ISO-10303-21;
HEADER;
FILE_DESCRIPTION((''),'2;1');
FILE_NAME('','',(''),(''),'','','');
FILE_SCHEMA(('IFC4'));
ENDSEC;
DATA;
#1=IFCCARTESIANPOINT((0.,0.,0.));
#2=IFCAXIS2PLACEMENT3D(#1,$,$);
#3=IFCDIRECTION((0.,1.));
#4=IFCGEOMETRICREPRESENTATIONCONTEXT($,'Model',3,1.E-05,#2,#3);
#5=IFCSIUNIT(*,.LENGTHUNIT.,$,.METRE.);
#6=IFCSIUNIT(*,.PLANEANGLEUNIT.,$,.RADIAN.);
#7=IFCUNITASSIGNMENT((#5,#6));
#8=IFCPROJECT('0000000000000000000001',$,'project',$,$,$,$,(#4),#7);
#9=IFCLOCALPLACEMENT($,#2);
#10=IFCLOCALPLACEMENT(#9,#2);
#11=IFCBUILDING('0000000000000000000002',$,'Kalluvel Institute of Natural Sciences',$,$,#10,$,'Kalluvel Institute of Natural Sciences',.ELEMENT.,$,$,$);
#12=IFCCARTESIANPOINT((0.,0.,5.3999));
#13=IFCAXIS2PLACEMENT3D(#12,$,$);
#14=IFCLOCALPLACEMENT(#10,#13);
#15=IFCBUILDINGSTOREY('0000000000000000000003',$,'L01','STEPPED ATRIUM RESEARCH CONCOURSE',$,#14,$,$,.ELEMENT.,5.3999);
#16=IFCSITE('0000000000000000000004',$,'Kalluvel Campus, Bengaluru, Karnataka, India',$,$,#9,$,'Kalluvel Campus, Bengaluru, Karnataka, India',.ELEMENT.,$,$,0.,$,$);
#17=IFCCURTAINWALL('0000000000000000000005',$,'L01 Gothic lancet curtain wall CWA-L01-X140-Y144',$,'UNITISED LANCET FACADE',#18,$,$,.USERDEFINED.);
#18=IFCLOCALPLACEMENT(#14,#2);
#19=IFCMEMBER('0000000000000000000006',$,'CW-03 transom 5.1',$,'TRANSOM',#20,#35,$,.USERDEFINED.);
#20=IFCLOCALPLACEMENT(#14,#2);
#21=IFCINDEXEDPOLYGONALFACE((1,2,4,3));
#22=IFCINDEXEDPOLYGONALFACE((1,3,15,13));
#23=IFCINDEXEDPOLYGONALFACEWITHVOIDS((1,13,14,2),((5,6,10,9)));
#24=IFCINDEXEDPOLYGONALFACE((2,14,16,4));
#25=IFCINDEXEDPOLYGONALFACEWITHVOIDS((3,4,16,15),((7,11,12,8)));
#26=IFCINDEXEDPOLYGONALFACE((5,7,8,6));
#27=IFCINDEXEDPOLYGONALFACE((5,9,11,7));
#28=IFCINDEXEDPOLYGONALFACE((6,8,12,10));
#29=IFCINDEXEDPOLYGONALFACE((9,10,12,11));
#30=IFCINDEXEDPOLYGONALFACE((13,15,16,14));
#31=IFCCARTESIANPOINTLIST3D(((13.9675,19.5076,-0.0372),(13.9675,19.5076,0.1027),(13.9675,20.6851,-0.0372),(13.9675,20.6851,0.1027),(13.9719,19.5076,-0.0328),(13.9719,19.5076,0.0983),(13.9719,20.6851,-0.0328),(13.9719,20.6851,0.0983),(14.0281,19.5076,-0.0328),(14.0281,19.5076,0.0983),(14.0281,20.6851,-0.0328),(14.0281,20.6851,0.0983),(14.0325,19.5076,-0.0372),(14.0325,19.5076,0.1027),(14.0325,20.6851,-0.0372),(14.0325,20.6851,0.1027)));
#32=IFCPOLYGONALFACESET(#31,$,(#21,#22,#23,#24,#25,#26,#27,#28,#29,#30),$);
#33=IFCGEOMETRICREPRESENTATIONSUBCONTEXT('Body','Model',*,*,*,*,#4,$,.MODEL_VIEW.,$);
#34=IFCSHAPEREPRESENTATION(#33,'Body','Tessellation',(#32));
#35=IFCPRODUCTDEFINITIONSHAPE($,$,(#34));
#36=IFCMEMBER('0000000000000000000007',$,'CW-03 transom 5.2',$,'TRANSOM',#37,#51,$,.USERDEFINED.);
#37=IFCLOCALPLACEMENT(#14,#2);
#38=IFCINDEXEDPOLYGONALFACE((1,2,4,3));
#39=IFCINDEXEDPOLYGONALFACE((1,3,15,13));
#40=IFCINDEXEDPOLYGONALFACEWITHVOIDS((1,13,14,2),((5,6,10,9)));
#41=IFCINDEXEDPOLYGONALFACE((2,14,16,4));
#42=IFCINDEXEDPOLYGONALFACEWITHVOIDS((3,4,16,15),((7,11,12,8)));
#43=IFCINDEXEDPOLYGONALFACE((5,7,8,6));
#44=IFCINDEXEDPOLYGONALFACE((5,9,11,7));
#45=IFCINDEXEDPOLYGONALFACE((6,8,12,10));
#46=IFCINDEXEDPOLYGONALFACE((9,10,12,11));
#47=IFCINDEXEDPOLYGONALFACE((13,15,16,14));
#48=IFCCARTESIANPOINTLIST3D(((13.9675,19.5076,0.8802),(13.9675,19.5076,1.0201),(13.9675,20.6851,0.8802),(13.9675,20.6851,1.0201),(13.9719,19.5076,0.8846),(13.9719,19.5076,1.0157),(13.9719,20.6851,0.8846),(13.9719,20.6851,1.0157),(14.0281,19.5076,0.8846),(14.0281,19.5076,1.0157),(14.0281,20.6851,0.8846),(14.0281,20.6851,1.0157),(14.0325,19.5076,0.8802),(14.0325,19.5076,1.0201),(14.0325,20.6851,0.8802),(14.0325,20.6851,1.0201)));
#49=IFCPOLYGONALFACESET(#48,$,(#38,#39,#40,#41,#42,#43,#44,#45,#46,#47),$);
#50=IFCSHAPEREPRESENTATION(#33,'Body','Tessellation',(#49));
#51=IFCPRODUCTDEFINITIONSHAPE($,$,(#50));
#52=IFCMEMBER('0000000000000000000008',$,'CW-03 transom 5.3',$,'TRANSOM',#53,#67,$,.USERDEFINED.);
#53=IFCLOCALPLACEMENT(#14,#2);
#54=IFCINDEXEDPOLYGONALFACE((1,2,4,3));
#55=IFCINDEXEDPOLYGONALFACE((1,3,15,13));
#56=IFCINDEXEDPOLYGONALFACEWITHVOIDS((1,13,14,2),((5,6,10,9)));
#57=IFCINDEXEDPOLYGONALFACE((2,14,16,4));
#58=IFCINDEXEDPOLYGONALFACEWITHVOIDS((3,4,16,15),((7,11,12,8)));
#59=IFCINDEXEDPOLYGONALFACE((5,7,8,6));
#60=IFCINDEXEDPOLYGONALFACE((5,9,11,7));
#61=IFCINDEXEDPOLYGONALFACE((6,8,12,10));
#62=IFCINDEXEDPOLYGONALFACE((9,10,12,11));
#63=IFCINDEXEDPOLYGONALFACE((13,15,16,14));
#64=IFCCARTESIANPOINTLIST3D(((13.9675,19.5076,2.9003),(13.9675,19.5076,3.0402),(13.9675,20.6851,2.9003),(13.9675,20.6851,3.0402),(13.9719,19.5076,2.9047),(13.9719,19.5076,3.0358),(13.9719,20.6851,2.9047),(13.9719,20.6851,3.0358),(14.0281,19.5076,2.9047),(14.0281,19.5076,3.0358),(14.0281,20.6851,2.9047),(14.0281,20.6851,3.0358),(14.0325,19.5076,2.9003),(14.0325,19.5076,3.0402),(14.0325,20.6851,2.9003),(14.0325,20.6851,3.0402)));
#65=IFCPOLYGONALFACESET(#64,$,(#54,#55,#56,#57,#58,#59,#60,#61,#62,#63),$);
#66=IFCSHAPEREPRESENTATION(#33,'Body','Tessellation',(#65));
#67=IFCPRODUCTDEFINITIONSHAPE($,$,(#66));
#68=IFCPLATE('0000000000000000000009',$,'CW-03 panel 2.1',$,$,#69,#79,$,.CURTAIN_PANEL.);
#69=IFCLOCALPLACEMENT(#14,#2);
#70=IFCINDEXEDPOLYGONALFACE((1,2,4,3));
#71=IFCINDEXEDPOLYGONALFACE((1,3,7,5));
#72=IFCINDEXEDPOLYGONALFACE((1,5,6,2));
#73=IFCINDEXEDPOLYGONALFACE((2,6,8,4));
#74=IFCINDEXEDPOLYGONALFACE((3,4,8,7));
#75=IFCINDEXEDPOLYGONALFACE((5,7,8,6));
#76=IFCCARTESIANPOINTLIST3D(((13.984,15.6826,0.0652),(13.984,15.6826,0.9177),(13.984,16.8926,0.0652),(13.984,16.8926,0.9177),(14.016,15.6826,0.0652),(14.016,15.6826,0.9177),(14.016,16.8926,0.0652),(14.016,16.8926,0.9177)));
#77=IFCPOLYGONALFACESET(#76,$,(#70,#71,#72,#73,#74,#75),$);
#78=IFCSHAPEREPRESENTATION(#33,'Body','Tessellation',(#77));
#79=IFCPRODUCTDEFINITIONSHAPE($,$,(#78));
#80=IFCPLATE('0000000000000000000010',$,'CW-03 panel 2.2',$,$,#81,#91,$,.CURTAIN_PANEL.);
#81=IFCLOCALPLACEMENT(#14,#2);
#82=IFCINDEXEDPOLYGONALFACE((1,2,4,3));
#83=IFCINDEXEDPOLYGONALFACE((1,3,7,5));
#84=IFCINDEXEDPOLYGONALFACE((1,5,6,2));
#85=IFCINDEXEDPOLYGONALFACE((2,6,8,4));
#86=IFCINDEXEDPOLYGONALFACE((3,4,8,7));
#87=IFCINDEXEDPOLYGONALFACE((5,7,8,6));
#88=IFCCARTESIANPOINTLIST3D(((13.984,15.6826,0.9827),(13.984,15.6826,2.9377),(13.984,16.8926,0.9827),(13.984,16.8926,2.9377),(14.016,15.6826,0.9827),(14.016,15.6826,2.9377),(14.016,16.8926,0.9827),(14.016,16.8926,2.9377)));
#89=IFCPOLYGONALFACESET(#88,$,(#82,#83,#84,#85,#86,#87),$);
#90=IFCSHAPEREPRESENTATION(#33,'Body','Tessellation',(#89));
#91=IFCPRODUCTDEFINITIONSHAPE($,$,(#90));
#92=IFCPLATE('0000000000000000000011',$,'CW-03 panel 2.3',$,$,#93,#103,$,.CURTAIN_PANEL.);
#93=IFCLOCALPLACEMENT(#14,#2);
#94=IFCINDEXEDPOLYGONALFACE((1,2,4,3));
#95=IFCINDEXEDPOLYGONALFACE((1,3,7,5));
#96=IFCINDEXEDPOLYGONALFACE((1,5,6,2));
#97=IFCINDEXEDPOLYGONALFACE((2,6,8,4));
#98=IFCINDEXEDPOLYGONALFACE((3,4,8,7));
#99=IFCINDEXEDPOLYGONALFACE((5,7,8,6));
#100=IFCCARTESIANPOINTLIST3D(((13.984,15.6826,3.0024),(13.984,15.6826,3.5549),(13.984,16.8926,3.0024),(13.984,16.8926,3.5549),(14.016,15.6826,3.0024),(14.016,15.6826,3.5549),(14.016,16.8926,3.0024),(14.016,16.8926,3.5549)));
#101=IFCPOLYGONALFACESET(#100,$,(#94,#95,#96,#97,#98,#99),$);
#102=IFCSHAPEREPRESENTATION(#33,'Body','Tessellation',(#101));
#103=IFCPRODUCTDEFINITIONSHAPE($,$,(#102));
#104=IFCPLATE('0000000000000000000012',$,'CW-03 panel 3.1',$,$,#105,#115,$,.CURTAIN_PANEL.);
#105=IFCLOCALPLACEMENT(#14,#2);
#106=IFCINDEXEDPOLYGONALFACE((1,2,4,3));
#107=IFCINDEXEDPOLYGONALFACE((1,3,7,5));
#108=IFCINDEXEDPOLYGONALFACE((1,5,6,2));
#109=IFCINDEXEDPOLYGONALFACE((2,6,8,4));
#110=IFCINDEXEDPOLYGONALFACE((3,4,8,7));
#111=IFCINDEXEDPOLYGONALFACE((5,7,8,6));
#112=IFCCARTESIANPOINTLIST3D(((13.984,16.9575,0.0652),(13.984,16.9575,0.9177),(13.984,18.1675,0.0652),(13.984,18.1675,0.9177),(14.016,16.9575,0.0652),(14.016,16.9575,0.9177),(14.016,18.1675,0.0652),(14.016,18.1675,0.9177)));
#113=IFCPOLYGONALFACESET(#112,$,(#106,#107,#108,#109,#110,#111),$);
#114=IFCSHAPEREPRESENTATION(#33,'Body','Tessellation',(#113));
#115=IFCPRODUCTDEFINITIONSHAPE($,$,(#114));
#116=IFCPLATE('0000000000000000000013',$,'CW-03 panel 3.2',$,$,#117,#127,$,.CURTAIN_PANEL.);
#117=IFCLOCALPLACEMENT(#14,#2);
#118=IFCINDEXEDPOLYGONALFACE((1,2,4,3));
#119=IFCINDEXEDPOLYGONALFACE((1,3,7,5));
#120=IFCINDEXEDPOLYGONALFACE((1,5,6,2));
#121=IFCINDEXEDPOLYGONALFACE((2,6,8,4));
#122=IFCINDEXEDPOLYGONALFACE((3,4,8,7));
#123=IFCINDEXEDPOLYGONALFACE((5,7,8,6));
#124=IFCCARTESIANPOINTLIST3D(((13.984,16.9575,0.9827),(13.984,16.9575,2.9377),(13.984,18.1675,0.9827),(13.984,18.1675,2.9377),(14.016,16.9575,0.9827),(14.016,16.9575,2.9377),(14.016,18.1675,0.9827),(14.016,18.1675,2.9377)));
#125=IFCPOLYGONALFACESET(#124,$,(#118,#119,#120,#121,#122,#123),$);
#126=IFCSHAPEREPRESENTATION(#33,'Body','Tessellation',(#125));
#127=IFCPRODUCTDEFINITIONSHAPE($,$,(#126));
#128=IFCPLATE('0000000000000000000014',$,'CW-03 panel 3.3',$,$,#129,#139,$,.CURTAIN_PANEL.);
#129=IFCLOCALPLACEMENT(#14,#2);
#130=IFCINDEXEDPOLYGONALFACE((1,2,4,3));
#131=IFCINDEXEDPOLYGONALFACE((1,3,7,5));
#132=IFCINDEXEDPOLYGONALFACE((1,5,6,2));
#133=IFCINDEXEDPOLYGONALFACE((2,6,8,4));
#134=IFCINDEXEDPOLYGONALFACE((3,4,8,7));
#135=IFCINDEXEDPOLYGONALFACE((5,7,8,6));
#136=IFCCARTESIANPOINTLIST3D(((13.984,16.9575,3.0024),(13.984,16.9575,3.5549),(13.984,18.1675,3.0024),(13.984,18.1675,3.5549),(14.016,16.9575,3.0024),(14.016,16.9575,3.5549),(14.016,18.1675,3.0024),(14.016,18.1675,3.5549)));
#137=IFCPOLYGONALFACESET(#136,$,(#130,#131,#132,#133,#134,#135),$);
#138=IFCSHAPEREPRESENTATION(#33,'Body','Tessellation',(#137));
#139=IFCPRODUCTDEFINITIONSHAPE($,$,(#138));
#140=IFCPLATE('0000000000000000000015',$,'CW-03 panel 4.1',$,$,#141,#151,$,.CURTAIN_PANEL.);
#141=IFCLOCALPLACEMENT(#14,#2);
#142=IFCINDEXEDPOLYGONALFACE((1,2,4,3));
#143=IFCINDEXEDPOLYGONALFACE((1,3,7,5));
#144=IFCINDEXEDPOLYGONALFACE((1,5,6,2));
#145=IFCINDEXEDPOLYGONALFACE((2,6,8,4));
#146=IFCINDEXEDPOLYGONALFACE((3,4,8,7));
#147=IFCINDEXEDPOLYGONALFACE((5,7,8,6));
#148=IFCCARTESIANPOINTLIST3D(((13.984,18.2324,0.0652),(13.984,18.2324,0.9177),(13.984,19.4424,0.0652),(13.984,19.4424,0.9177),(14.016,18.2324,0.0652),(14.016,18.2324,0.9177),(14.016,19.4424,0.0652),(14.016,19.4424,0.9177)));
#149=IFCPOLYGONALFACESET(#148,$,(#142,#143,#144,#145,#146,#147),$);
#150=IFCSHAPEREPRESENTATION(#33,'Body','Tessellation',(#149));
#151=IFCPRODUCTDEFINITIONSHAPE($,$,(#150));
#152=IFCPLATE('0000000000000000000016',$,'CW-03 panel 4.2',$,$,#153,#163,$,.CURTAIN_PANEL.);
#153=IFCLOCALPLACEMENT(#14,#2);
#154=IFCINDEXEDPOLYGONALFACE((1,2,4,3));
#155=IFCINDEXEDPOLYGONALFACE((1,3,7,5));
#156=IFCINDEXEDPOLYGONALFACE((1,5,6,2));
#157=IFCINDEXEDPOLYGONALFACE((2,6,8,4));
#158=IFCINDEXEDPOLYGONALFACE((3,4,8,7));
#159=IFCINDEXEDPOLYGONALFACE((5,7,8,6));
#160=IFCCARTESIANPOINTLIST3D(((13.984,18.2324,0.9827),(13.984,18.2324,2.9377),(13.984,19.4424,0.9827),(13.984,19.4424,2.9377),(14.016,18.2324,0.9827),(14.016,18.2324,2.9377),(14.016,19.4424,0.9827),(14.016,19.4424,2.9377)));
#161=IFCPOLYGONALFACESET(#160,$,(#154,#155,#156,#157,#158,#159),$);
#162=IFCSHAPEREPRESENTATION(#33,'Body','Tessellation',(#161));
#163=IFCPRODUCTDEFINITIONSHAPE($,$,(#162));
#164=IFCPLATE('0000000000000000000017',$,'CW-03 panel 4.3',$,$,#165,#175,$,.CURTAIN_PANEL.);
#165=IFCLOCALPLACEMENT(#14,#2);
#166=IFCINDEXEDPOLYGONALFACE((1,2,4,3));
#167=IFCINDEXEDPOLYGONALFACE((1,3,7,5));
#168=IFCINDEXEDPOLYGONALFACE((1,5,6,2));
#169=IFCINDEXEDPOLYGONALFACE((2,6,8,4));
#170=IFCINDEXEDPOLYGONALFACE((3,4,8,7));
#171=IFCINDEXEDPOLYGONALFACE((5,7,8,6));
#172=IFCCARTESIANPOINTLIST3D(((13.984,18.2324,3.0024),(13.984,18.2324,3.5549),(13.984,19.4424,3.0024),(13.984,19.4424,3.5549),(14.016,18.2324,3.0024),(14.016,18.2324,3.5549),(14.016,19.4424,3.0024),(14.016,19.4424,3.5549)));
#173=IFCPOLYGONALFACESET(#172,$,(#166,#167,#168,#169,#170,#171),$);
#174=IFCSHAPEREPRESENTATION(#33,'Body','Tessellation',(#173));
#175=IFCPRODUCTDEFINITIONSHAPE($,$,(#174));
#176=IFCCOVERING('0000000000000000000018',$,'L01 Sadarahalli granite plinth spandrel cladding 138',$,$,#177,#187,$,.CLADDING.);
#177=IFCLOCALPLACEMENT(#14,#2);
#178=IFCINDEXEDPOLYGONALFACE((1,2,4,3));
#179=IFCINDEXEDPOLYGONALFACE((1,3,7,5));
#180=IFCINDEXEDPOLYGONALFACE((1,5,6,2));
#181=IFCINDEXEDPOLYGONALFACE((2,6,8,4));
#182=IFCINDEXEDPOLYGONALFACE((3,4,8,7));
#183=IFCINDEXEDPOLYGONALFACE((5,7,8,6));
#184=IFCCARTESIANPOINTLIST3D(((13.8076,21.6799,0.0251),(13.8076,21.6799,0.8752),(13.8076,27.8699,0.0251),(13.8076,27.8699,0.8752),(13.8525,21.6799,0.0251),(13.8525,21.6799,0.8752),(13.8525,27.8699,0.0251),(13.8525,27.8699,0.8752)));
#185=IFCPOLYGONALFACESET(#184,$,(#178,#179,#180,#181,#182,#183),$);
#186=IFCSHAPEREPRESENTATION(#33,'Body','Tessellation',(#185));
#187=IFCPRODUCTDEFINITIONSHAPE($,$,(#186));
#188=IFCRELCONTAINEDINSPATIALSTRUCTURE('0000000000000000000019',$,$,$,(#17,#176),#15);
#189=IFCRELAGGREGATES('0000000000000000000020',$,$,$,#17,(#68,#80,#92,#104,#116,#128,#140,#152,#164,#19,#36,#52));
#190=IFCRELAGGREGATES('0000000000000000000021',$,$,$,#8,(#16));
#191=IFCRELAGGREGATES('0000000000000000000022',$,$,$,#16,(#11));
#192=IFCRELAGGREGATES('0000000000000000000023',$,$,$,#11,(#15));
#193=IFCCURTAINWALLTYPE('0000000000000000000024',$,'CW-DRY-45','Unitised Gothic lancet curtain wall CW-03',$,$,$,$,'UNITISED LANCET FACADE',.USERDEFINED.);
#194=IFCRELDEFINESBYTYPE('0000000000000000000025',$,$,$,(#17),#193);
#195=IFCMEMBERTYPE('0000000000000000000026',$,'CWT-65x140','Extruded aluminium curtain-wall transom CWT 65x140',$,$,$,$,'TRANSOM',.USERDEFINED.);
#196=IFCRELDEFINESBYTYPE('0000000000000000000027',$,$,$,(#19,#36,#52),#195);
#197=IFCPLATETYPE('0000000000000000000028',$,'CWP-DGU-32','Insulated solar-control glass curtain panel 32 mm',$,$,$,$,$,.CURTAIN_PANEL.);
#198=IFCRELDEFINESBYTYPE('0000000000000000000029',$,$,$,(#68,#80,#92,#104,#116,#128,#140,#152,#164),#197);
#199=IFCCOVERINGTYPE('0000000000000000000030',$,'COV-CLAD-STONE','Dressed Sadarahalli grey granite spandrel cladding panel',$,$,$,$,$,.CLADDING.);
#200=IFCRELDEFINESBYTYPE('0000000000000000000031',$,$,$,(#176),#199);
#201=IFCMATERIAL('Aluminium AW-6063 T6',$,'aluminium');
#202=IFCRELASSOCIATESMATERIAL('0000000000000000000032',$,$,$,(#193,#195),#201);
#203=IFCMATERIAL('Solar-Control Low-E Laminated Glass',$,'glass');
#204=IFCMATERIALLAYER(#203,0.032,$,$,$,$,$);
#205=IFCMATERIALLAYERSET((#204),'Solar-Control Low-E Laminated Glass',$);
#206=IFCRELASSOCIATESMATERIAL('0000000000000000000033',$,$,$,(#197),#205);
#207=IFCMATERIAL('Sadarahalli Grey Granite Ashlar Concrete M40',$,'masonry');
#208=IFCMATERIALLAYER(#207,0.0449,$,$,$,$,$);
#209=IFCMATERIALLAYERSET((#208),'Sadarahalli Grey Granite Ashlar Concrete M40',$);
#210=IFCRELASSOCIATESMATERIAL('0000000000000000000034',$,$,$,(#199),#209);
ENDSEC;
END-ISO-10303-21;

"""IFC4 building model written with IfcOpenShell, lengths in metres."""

from ifc_helpers import new_model, si_unit, direction, frame, origin, origin_2d, place, context, subcontext, project, spatial, rectangle, hollow_rectangle, extrude, material, layer, layer_set, material_profile, profile_set, type_object, element, aggregate, save


model = new_model("IFC4")

# Units and contexts
model_context = context("Model", 3, precision=1e-05, world=origin(), true_north=direction((0.0, 1.0)))
body_context = subcontext(model_context, "Body", "Model", "MODEL_VIEW")
ifc_project = project(units=[si_unit("LENGTHUNIT", "METRE"), si_unit("PLANEANGLEUNIT", "RADIAN")], contexts=[model_context])

# Site, building, storey
site_placement = place(None, origin())
site = spatial("IfcSite", under=ifc_project, at=site_placement, Name="Kalluvel Campus, Bengaluru, Karnataka, India", LongName="Kalluvel Campus, Bengaluru, Karnataka, India", CompositionType="ELEMENT", RefElevation=0.0)
building_placement = place(site_placement, origin())
building = spatial("IfcBuilding", under=site, at=building_placement, Name="Kalluvel Institute of Natural Sciences", LongName="Kalluvel Institute of Natural Sciences", CompositionType="ELEMENT")
storey_placement = place(building_placement, frame((0.0, 0.0, 5.3999)))
storey = spatial("IfcBuildingStorey", under=building, at=storey_placement, Name="L01", Description="STEPPED ATRIUM RESEARCH CONCOURSE", CompositionType="ELEMENT", Elevation=5.3999)

# Curtain wall, members, plates
ifc_material_1 = material(Name="Aluminium AW-6063 T6", Category="aluminium")
curtain_wall_type = type_object("IfcCurtainWallType", Name="CW-DRY-45", Description="Unitised Gothic lancet curtain wall CW-03", ElementType="UNITISED LANCET FACADE", PredefinedType="USERDEFINED", material=ifc_material_1)
curtain_wall_placement = place(storey_placement, origin())
curtain_wall = element("IfcCurtainWall", 1, at=curtain_wall_placement, inside=storey, type_object=curtain_wall_type, Name="L01 Gothic lancet curtain wall CWA-L01-X140-Y144", ObjectType="UNITISED LANCET FACADE", PredefinedType="USERDEFINED")
ifc_material_profile_1 = material_profile(ifc_material_1, hollow_rectangle(XDim=0.0649, YDim=0.1399, WallThickness=0.0044, at=origin_2d()), Name="CWT 65x140")
ifc_profile_set_1 = profile_set([ifc_material_profile_1], Name="Aluminium AW-6063 T6")
member_type_1 = type_object("IfcMemberType", Name="CWT-65x140", Description="Extruded aluminium curtain-wall transom CWT 65x140", ElementType="TRANSOM", PredefinedType="USERDEFINED", material=ifc_profile_set_1)
member_1_placement = place(storey_placement, frame((14.0, 19.5076, 0.0327), z_axis=(0.0, 1.0, 0.0), x_axis=(-1.0, 0.0, 0.0)))
member_1 = element("IfcMember", 2, at=member_1_placement, type_object=member_type_1, Name="CW-03 transom 5.1", ObjectType="TRANSOM", PredefinedType="USERDEFINED", context=body_context, shape_type="SweptSolid", body=[
    extrude(hollow_rectangle(XDim=0.0649, YDim=0.1399, WallThickness=0.0044, at=origin_2d()), origin(), (0.0, 0.0, 1.0), 1.1775),
])
member_2_placement = place(storey_placement, frame((14.0, 19.5076, 0.9502), z_axis=(0.0, 1.0, 0.0), x_axis=(-1.0, 0.0, 0.0)))
member_2 = element("IfcMember", 3, at=member_2_placement, type_object=member_type_1, Name="CW-03 transom 5.2", ObjectType="TRANSOM", PredefinedType="USERDEFINED", context=body_context, shape_type="SweptSolid", body=[
    extrude(hollow_rectangle(XDim=0.0649, YDim=0.1399, WallThickness=0.0044, at=origin_2d()), origin(), (0.0, 0.0, 1.0), 1.1775),
])
member_3_placement = place(storey_placement, frame((14.0, 19.5076, 2.9702), z_axis=(0.0, 1.0, 0.0), x_axis=(-1.0, 0.0, 0.0)))
member_3 = element("IfcMember", 4, at=member_3_placement, type_object=member_type_1, Name="CW-03 transom 5.3", ObjectType="TRANSOM", PredefinedType="USERDEFINED", context=body_context, shape_type="SweptSolid", body=[
    extrude(hollow_rectangle(XDim=0.0649, YDim=0.1399, WallThickness=0.0044, at=origin_2d()), origin(), (0.0, 0.0, 1.0), 1.1775),
])
ifc_material_2 = material(Name="Solar-Control Low-E Laminated Glass", Category="glass")
ifc_layer_1 = layer(ifc_material_2, 0.032)
ifc_layer_set_1 = layer_set([ifc_layer_1], Name="Solar-Control Low-E Laminated Glass")
plate_type = type_object("IfcPlateType", Name="CWP-DGU-32", Description="Insulated solar-control glass curtain panel 32 mm", PredefinedType="CURTAIN_PANEL", material=ifc_layer_set_1)
plate_1_placement = place(storey_placement, frame((14.0, 16.2876, 0.0652), z_axis=(0.0, 0.0, 1.0), x_axis=(0.0, 1.0, 0.0)))
plate_1 = element("IfcPlate", 5, at=plate_1_placement, type_object=plate_type, Name="CW-03 panel 2.1", PredefinedType="CURTAIN_PANEL", context=body_context, shape_type="SweptSolid", body=[
    extrude(rectangle(XDim=1.21, YDim=0.032, at=origin_2d()), origin(), (0.0, 0.0, 1.0), 0.8525),
])
plate_2_placement = place(storey_placement, frame((14.0, 16.2876, 0.9827), z_axis=(0.0, 0.0, 1.0), x_axis=(0.0, 1.0, 0.0)))
plate_2 = element("IfcPlate", 6, at=plate_2_placement, type_object=plate_type, Name="CW-03 panel 2.2", PredefinedType="CURTAIN_PANEL", context=body_context, shape_type="SweptSolid", body=[
    extrude(rectangle(XDim=1.21, YDim=0.032, at=origin_2d()), origin(), (0.0, 0.0, 1.0), 1.9551),
])
plate_3_placement = place(storey_placement, frame((14.0, 16.2876, 3.0024), z_axis=(0.0, 0.0, 1.0), x_axis=(0.0, 1.0, 0.0)))
plate_3 = element("IfcPlate", 7, at=plate_3_placement, type_object=plate_type, Name="CW-03 panel 2.3", PredefinedType="CURTAIN_PANEL", context=body_context, shape_type="SweptSolid", body=[
    extrude(rectangle(XDim=1.21, YDim=0.032, at=origin_2d()), origin(), (0.0, 0.0, 1.0), 0.5525),
])
plate_4_placement = place(storey_placement, frame((14.0, 17.5625, 0.0652), z_axis=(0.0, 0.0, 1.0), x_axis=(0.0, 1.0, 0.0)))
plate_4 = element("IfcPlate", 8, at=plate_4_placement, type_object=plate_type, Name="CW-03 panel 3.1", PredefinedType="CURTAIN_PANEL", context=body_context, shape_type="SweptSolid", body=[
    extrude(rectangle(XDim=1.21, YDim=0.032, at=origin_2d()), origin(), (0.0, 0.0, 1.0), 0.8525),
])
plate_5_placement = place(storey_placement, frame((14.0, 17.5625, 0.9827), z_axis=(0.0, 0.0, 1.0), x_axis=(0.0, 1.0, 0.0)))
plate_5 = element("IfcPlate", 9, at=plate_5_placement, type_object=plate_type, Name="CW-03 panel 3.2", PredefinedType="CURTAIN_PANEL", context=body_context, shape_type="SweptSolid", body=[
    extrude(rectangle(XDim=1.21, YDim=0.032, at=origin_2d()), origin(), (0.0, 0.0, 1.0), 1.9551),
])
plate_6_placement = place(storey_placement, frame((14.0, 17.5625, 3.0024), z_axis=(0.0, 0.0, 1.0), x_axis=(0.0, 1.0, 0.0)))
plate_6 = element("IfcPlate", 10, at=plate_6_placement, type_object=plate_type, Name="CW-03 panel 3.3", PredefinedType="CURTAIN_PANEL", context=body_context, shape_type="SweptSolid", body=[
    extrude(rectangle(XDim=1.21, YDim=0.032, at=origin_2d()), origin(), (0.0, 0.0, 1.0), 0.5525),
])
plate_7_placement = place(storey_placement, frame((14.0, 18.8374, 0.0652), z_axis=(0.0, 0.0, 1.0), x_axis=(0.0, 1.0, 0.0)))
plate_7 = element("IfcPlate", 11, at=plate_7_placement, type_object=plate_type, Name="CW-03 panel 4.1", PredefinedType="CURTAIN_PANEL", context=body_context, shape_type="SweptSolid", body=[
    extrude(rectangle(XDim=1.21, YDim=0.032, at=origin_2d()), origin(), (0.0, 0.0, 1.0), 0.8525),
])
plate_8_placement = place(storey_placement, frame((14.0, 18.8374, 0.9827), z_axis=(0.0, 0.0, 1.0), x_axis=(0.0, 1.0, 0.0)))
plate_8 = element("IfcPlate", 12, at=plate_8_placement, type_object=plate_type, Name="CW-03 panel 4.2", PredefinedType="CURTAIN_PANEL", context=body_context, shape_type="SweptSolid", body=[
    extrude(rectangle(XDim=1.21, YDim=0.032, at=origin_2d()), origin(), (0.0, 0.0, 1.0), 1.9551),
])
plate_9_placement = place(storey_placement, frame((14.0, 18.8374, 3.0024), z_axis=(0.0, 0.0, 1.0), x_axis=(0.0, 1.0, 0.0)))
plate_9 = element("IfcPlate", 13, at=plate_9_placement, type_object=plate_type, Name="CW-03 panel 4.3", PredefinedType="CURTAIN_PANEL", context=body_context, shape_type="SweptSolid", body=[
    extrude(rectangle(XDim=1.21, YDim=0.032, at=origin_2d()), origin(), (0.0, 0.0, 1.0), 0.5525),
])
aggregate(curtain_wall, [plate_1, plate_2, plate_3, plate_4, plate_5, plate_6, plate_7, plate_8, plate_9, member_1, member_2, member_3])

# Covering
ifc_material_3 = material(Name="Sadarahalli Grey Granite Ashlar Concrete M40", Category="masonry")
ifc_layer_2 = layer(ifc_material_3, 0.0449)
ifc_layer_set_2 = layer_set([ifc_layer_2], Name="Sadarahalli Grey Granite Ashlar Concrete M40")
covering_type = type_object("IfcCoveringType", Name="COV-CLAD-STONE", Description="Dressed Sadarahalli grey granite spandrel cladding panel", PredefinedType="CLADDING", material=ifc_layer_set_2)
covering_placement = place(storey_placement, frame((13.8301, 24.7749, 0.0251), z_axis=(0.0, 0.0, 1.0), x_axis=(0.0, 1.0, 0.0)))
element("IfcCovering", 14, at=covering_placement, inside=storey, type_object=covering_type, Name="L01 Sadarahalli granite plinth spandrel cladding 138", PredefinedType="CLADDING", context=body_context, shape_type="SweptSolid", body=[
    extrude(rectangle(XDim=6.1899, YDim=0.0449, at=origin_2d()), origin(), (0.0, 0.0, 1.0), 0.8501),
])

save(model, "model.ifc")
